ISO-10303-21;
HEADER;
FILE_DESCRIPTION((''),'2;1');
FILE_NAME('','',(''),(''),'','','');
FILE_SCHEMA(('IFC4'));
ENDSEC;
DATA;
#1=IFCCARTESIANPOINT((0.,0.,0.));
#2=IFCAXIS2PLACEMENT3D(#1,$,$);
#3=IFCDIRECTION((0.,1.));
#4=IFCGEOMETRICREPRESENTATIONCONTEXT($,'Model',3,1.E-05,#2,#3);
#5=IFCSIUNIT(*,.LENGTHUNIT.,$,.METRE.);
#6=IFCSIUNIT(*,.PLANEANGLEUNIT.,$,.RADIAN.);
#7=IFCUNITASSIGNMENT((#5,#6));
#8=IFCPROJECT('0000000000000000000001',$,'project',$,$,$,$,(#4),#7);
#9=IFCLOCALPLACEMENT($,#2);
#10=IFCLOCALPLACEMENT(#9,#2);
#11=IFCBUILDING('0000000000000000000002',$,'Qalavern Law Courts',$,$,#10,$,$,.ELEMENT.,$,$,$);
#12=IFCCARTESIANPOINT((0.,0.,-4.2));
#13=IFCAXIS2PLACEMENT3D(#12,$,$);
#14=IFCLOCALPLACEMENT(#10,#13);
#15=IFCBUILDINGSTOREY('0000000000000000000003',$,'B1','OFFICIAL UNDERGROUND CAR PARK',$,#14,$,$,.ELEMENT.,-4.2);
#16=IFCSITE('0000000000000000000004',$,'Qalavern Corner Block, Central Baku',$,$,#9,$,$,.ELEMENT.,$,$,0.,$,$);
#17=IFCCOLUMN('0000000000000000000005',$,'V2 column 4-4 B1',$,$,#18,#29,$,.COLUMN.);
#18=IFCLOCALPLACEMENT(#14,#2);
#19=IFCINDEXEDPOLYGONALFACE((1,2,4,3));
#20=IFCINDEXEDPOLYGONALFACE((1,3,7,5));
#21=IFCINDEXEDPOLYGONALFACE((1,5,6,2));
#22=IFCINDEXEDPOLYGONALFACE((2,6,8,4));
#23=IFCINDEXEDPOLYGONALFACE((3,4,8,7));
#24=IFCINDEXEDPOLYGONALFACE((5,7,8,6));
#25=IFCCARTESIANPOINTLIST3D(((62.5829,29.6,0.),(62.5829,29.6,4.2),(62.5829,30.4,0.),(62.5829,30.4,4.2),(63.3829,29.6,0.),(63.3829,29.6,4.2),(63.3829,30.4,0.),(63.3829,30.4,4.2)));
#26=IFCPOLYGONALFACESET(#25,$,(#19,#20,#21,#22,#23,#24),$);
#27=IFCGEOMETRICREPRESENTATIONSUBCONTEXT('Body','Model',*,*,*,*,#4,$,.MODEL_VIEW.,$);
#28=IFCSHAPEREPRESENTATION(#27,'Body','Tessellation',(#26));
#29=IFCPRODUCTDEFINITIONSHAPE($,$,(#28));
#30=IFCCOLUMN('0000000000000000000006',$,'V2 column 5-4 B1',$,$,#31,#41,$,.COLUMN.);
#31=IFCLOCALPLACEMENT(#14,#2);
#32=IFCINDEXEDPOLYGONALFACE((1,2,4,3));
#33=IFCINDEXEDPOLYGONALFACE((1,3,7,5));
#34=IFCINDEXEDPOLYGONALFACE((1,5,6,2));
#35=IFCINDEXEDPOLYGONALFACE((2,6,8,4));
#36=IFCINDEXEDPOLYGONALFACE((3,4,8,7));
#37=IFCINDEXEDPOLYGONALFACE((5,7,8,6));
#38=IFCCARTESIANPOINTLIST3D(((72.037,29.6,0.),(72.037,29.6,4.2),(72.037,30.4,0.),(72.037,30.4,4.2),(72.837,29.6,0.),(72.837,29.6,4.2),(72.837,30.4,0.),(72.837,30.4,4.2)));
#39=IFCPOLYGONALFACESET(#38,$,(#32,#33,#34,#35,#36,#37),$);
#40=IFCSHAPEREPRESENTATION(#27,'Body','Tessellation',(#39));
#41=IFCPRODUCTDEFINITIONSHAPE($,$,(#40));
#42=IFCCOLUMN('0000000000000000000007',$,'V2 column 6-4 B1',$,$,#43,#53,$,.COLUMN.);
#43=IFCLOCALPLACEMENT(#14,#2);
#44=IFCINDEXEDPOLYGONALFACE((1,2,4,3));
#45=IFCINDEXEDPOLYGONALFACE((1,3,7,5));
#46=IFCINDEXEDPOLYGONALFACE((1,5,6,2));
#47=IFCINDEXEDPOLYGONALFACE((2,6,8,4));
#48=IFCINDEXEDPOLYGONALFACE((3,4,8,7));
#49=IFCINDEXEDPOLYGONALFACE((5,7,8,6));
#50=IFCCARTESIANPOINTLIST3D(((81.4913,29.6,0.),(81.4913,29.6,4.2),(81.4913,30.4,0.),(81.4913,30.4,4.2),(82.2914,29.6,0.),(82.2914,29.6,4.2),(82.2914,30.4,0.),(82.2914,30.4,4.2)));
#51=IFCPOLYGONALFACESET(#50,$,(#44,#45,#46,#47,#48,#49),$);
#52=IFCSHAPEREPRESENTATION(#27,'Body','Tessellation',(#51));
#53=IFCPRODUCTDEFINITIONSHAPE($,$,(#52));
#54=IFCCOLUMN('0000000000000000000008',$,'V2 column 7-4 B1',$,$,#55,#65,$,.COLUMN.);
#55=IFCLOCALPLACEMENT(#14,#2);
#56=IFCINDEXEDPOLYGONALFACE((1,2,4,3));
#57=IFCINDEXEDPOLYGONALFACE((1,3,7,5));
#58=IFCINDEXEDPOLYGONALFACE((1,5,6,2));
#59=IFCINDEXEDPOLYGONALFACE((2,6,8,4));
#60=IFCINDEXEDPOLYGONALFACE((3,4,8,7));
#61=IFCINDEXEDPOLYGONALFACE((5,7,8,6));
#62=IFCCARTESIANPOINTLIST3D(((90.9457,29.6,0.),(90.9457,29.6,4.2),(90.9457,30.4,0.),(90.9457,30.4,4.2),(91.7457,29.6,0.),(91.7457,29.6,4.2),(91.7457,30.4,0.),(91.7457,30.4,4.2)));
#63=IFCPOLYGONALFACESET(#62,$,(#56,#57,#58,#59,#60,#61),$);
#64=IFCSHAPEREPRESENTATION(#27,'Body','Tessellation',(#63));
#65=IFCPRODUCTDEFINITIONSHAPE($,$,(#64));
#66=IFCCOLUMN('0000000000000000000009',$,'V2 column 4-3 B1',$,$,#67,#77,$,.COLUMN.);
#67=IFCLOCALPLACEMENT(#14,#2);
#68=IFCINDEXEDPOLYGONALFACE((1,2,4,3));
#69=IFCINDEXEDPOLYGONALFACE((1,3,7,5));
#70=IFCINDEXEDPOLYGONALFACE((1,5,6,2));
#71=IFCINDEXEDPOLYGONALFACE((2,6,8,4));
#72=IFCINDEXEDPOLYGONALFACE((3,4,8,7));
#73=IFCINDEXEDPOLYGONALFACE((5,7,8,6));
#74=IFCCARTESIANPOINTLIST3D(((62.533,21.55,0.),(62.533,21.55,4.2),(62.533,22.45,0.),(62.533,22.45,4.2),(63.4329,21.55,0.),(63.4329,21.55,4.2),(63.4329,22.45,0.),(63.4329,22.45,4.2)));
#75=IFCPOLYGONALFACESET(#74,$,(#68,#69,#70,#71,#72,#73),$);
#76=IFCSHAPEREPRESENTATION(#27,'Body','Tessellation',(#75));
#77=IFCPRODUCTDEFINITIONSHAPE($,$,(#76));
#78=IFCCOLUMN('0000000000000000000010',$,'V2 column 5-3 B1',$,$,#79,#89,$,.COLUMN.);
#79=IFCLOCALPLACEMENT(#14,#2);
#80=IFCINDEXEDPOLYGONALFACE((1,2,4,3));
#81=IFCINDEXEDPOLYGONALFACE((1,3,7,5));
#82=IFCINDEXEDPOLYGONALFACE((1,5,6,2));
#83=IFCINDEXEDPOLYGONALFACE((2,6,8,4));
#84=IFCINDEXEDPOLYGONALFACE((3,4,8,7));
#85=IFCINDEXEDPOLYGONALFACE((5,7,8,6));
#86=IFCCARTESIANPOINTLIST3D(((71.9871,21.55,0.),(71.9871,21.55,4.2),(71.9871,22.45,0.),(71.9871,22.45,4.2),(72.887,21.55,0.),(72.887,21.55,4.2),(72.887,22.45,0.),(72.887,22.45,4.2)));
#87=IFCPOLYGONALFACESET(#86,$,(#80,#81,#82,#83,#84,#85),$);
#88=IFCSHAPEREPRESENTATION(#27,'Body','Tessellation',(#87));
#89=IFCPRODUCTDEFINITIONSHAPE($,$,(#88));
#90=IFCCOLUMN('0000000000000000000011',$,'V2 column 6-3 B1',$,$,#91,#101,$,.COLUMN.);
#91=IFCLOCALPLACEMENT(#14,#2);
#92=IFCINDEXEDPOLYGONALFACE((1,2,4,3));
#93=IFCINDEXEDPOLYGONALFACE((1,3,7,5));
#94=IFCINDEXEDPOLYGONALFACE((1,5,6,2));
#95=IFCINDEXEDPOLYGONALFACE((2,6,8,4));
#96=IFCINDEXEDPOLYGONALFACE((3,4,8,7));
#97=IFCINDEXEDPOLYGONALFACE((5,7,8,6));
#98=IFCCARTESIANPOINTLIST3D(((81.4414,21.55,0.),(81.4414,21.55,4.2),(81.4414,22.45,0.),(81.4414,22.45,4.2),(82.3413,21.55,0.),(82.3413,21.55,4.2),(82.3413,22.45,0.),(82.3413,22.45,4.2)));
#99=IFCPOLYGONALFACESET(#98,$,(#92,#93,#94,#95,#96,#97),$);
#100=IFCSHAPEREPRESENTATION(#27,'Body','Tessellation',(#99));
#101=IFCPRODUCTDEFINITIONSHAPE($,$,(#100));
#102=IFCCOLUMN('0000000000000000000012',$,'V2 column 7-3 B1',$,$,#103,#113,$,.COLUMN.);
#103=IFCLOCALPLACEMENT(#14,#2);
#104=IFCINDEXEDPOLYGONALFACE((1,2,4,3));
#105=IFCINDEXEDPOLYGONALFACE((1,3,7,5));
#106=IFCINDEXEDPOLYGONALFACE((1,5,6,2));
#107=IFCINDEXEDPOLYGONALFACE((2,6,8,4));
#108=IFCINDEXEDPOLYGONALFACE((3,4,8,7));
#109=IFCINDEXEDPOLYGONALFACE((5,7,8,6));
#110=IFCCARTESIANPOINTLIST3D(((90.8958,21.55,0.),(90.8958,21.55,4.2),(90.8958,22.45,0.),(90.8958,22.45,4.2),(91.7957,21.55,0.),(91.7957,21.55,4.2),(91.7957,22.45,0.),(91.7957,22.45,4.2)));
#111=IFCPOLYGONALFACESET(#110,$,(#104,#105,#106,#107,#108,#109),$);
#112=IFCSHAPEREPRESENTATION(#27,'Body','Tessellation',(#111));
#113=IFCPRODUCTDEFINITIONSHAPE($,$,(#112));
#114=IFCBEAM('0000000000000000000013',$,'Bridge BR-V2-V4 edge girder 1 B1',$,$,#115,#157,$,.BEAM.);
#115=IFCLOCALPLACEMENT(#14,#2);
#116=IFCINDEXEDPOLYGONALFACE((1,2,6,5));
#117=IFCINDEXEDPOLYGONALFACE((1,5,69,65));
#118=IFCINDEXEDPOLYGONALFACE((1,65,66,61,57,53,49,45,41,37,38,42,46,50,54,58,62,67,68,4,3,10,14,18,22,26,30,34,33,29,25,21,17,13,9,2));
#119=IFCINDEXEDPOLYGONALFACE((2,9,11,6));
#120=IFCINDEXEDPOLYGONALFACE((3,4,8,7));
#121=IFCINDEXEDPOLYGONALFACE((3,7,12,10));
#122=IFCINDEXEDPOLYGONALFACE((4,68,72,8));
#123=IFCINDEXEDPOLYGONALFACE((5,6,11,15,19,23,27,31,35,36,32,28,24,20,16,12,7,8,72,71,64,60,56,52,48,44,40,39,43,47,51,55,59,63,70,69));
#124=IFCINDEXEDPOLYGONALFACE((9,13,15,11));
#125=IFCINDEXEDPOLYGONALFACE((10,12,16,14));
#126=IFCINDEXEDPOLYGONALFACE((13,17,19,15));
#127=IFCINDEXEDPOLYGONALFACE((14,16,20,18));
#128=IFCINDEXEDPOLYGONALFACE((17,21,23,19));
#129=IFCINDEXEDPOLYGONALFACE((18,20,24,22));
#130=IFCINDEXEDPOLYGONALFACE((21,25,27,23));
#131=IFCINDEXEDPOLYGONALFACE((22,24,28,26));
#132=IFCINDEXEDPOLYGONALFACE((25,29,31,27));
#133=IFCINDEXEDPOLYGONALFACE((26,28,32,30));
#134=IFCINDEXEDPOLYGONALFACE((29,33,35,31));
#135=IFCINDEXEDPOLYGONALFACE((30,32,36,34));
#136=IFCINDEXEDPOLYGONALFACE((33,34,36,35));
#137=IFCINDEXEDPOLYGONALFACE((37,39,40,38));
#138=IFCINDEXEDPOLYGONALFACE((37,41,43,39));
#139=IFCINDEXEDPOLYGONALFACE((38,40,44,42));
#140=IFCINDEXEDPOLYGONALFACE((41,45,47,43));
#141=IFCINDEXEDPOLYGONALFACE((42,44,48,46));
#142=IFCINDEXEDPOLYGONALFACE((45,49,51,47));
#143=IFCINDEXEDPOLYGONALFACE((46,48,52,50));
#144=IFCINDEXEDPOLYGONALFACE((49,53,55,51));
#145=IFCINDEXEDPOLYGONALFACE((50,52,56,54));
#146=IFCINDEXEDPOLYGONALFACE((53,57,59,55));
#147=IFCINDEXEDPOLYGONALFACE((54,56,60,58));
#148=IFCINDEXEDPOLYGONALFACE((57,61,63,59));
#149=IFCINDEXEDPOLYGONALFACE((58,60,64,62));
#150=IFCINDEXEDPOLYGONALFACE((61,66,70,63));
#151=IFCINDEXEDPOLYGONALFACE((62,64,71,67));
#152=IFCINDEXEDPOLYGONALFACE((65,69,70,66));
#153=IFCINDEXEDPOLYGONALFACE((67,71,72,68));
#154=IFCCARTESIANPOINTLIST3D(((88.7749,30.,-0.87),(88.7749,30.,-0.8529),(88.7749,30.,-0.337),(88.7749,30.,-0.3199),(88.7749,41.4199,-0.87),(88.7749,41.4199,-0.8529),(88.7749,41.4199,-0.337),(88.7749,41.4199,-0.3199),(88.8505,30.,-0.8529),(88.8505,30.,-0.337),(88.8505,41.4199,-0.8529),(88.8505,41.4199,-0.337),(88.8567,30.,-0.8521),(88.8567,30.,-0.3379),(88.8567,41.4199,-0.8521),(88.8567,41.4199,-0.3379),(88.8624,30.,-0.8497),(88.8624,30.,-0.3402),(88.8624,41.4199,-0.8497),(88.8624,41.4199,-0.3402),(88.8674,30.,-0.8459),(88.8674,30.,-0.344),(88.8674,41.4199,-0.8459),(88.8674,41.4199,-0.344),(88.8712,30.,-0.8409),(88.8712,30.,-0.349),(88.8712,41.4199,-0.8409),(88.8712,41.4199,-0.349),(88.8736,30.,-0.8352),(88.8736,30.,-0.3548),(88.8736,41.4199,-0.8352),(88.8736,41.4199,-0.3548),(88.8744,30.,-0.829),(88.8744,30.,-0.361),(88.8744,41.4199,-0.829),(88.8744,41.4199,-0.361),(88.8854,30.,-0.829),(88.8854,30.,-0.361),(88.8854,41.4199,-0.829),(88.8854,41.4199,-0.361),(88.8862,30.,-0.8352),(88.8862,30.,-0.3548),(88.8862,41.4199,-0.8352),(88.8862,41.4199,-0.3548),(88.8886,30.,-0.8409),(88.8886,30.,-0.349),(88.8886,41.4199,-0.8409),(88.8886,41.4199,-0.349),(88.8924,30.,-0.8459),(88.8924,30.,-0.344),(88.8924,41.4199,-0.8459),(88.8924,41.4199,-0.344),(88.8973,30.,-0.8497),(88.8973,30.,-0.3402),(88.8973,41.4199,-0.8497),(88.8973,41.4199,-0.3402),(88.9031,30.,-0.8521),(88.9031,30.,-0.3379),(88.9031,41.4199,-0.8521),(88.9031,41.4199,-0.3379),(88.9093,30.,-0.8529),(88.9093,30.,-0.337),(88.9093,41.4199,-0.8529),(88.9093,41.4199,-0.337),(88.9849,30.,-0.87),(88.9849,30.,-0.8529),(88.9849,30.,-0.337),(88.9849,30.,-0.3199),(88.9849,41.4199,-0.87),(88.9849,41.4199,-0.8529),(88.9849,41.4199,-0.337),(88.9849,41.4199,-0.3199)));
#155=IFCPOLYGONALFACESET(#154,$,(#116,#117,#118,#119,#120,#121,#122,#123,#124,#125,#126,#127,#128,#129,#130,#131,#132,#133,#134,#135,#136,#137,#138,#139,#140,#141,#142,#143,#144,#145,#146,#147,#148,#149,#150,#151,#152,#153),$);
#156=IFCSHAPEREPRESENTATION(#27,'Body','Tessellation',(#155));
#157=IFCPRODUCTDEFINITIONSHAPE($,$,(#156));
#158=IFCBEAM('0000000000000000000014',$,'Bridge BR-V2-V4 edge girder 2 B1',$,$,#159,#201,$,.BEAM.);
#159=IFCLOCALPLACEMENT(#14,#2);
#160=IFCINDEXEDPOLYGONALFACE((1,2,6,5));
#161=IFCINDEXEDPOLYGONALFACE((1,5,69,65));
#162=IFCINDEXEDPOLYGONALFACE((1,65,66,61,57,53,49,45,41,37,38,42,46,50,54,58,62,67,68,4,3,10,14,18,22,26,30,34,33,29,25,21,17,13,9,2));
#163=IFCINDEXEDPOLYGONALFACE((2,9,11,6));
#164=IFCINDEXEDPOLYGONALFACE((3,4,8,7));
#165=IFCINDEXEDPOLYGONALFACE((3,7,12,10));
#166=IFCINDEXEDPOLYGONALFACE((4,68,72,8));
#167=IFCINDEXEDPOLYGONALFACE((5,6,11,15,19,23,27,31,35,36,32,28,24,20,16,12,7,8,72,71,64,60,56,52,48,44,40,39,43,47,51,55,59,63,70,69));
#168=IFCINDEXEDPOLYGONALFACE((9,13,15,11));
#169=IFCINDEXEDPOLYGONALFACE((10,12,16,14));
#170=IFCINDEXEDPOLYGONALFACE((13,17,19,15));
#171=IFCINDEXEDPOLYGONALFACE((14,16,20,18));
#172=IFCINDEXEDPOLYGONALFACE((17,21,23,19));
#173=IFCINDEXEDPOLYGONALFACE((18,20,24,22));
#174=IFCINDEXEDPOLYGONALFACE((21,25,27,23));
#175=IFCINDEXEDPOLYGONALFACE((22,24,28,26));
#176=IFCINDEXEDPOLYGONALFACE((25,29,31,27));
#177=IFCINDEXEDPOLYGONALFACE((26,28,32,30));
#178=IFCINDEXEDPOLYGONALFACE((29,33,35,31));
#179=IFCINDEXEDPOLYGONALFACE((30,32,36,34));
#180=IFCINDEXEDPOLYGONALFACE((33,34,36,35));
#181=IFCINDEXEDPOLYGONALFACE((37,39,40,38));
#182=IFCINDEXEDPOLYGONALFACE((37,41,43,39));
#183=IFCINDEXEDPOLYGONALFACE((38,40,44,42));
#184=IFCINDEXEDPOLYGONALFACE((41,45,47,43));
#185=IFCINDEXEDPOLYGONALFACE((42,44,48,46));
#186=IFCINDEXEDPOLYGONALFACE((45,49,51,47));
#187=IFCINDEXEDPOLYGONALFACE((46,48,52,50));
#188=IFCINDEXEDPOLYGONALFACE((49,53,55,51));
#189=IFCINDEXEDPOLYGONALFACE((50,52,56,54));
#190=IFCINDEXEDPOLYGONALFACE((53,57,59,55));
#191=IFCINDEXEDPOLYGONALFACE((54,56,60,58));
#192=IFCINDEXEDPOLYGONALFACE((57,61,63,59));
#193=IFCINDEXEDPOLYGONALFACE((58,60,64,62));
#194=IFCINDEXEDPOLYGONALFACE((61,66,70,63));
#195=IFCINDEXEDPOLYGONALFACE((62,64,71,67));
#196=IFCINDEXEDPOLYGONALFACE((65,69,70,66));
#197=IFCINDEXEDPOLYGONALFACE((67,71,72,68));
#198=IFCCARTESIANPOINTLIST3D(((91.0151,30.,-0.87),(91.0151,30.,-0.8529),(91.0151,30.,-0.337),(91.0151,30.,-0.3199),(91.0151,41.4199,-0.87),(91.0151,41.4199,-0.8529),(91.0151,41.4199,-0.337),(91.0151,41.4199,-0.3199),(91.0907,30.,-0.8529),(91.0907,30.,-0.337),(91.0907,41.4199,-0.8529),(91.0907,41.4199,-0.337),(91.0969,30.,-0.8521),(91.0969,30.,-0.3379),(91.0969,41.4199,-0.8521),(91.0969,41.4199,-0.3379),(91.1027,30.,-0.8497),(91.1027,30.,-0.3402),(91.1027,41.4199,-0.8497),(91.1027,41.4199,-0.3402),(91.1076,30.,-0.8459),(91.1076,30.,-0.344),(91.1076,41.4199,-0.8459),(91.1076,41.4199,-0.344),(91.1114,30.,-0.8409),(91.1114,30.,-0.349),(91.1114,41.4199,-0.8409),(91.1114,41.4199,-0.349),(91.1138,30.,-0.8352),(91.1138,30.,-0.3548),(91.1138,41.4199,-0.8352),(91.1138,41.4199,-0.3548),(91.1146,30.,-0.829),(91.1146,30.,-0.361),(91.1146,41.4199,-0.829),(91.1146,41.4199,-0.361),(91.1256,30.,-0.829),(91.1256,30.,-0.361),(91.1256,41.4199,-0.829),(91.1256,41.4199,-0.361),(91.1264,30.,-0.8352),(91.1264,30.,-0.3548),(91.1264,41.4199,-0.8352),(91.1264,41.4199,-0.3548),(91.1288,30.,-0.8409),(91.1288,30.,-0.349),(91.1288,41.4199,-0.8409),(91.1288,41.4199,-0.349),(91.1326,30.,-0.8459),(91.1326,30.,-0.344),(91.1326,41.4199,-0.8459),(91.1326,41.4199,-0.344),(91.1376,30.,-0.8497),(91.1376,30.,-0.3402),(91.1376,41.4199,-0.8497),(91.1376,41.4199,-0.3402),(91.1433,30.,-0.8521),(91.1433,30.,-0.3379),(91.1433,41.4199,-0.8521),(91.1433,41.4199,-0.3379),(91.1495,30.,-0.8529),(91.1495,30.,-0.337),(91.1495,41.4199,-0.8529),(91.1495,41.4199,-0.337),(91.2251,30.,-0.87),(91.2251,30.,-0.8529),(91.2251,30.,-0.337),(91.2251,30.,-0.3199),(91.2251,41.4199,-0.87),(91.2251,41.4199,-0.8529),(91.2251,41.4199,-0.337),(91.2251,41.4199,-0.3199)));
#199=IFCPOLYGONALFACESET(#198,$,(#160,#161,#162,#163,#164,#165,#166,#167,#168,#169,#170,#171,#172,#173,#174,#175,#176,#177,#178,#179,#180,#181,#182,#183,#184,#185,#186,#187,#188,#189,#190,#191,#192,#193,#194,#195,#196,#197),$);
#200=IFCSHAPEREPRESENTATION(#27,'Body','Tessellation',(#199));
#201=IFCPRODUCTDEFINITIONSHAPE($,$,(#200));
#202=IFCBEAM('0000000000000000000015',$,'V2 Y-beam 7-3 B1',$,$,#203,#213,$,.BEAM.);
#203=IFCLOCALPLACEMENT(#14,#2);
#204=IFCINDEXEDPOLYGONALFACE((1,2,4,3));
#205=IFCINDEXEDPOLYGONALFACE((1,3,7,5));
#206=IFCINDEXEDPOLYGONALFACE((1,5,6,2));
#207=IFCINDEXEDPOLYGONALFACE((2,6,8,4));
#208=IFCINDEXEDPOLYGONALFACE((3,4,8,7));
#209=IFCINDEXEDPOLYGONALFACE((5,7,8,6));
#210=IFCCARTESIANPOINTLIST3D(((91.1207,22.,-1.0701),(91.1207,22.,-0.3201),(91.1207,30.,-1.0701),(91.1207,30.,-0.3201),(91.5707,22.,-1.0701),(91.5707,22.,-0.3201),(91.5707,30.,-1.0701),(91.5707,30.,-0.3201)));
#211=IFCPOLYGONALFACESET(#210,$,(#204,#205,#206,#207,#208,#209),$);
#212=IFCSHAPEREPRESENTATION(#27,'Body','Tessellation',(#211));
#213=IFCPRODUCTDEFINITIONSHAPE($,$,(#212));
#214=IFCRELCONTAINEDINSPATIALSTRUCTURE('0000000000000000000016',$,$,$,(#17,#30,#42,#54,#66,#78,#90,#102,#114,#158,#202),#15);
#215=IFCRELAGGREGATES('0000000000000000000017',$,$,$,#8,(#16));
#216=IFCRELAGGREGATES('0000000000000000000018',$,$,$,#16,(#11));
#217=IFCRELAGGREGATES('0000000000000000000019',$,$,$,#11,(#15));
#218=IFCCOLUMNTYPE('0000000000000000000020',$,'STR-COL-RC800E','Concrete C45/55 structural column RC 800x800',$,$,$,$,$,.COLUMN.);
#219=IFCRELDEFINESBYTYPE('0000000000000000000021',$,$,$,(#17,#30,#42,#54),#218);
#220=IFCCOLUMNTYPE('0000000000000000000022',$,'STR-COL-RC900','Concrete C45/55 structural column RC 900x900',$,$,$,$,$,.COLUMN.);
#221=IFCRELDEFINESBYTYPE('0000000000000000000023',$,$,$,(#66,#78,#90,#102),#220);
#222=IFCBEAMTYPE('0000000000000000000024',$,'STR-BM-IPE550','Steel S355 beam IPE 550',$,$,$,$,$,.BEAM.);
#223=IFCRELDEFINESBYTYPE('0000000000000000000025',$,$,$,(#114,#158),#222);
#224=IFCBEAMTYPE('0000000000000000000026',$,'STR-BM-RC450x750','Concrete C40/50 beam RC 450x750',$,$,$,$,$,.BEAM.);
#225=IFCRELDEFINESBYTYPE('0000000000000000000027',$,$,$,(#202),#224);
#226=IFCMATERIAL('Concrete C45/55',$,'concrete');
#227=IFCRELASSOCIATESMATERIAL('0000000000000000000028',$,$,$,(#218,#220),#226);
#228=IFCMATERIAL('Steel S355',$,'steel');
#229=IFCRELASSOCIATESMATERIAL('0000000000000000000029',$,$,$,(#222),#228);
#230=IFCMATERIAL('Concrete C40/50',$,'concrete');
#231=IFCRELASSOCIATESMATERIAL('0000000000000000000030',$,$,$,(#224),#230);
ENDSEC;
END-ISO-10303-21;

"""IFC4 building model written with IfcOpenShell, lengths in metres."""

from ifc_helpers import new_model, si_unit, direction, frame, origin, origin_2d, place, context, subcontext, project, spatial, rectangle, i_section, extrude, material, material_profile, profile_set, type_object, element, save


model = new_model("IFC4")

# Units and contexts
model_context = context("Model", 3, precision=1e-05, world=origin(), true_north=direction((0.0, 1.0)))
body_context = subcontext(model_context, "Body", "Model", "MODEL_VIEW")
ifc_project = project(units=[si_unit("LENGTHUNIT", "METRE"), si_unit("PLANEANGLEUNIT", "RADIAN")], contexts=[model_context])

# Site, building, storey
site_placement = place(None, origin())
site = spatial("IfcSite", under=ifc_project, at=site_placement, Name="Qalavern Corner Block, Central Baku", CompositionType="ELEMENT", RefElevation=0.0)
building_placement = place(site_placement, origin())
building = spatial("IfcBuilding", under=site, at=building_placement, Name="Qalavern Law Courts", CompositionType="ELEMENT")
storey_placement = place(building_placement, frame((0.0, 0.0, -4.2)))
storey = spatial("IfcBuildingStorey", under=building, at=storey_placement, Name="B1", Description="OFFICIAL UNDERGROUND CAR PARK", CompositionType="ELEMENT", Elevation=-4.2)

# Columns
ifc_material_1 = material(Name="Concrete C45/55", Category="concrete")
ifc_material_profile_1 = material_profile(ifc_material_1, rectangle(XDim=0.8, YDim=0.8, at=origin_2d()), Name="RC 800x800")
ifc_profile_set_1 = profile_set([ifc_material_profile_1], Name="Concrete C45/55")
column_type_1 = type_object("IfcColumnType", Name="STR-COL-RC800E", Description="Concrete C45/55 structural column RC 800x800", PredefinedType="COLUMN", material=ifc_profile_set_1)
for number, where, z_axis, x_axis, name in (
    (1, (62.9829, 30.0, 0.0), (0.0, 0.0, 1.0), (1.0, 0.0, 0.0), "V2 column 4-4 B1"),
    (2, (72.437, 30.0, 0.0), (0.0, 0.0, 1.0), (1.0, 0.0, 0.0), "V2 column 5-4 B1"),
    (3, (81.8914, 30.0, 0.0), (0.0, 0.0, 1.0), (1.0, 0.0, 0.0), "V2 column 6-4 B1"),
    (4, (91.3457, 30.0, 0.0), (0.0, 0.0, 1.0), (1.0, 0.0, 0.0), "V2 column 7-4 B1"),
):
    element("IfcColumn", number, at=place(storey_placement, frame(where, z_axis=z_axis, x_axis=x_axis)), inside=storey, type_object=column_type_1, Name=name, PredefinedType="COLUMN", context=body_context, shape_type="SweptSolid", body=[
        extrude(rectangle(XDim=0.8, YDim=0.8, at=origin_2d()), origin(), (0.0, 0.0, 1.0), 4.2),
    ])
ifc_material_profile_2 = material_profile(ifc_material_1, rectangle(XDim=0.8999, YDim=0.8999, at=origin_2d()), Name="RC 900x900")
ifc_profile_set_2 = profile_set([ifc_material_profile_2], Name="Concrete C45/55")
column_type_2 = type_object("IfcColumnType", Name="STR-COL-RC900", Description="Concrete C45/55 structural column RC 900x900", PredefinedType="COLUMN", material=ifc_profile_set_2)
for number, where, z_axis, x_axis, name in (
    (5, (62.9829, 22.0, 0.0), (0.0, 0.0, 1.0), (1.0, 0.0, 0.0), "V2 column 4-3 B1"),
    (6, (72.437, 22.0, 0.0), (0.0, 0.0, 1.0), (1.0, 0.0, 0.0), "V2 column 5-3 B1"),
    (7, (81.8914, 22.0, 0.0), (0.0, 0.0, 1.0), (1.0, 0.0, 0.0), "V2 column 6-3 B1"),
    (8, (91.3457, 22.0, 0.0), (0.0, 0.0, 1.0), (1.0, 0.0, 0.0), "V2 column 7-3 B1"),
):
    element("IfcColumn", number, at=place(storey_placement, frame(where, z_axis=z_axis, x_axis=x_axis)), inside=storey, type_object=column_type_2, Name=name, PredefinedType="COLUMN", context=body_context, shape_type="SweptSolid", body=[
        extrude(rectangle(XDim=0.8999, YDim=0.8999, at=origin_2d()), origin(), (0.0, 0.0, 1.0), 4.2),
    ])

# Beams
ifc_material_2 = material(Name="Steel S355", Category="steel")
ifc_material_profile_3 = material_profile(ifc_material_2, i_section(OverallWidth=0.21, OverallDepth=0.55, WebThickness=0.011, FlangeThickness=0.0171, FilletRadius=0.0239, at=origin_2d()), Name="IPE 550")
ifc_profile_set_3 = profile_set([ifc_material_profile_3], Name="Steel S355")
beam_type_1 = type_object("IfcBeamType", Name="STR-BM-IPE550", Description="Steel S355 beam IPE 550", PredefinedType="BEAM", material=ifc_profile_set_3)
for number, where, z_axis, x_axis, name in (
    (9, (88.8799, 30.0, -0.595), (0.0, 1.0, 0.0), (-1.0, 0.0, 0.0), "Bridge BR-V2-V4 edge girder 1 B1"),
    (10, (91.1201, 30.0, -0.595), (0.0, 1.0, 0.0), (-1.0, 0.0, 0.0), "Bridge BR-V2-V4 edge girder 2 B1"),
):
    element("IfcBeam", number, at=place(storey_placement, frame(where, z_axis=z_axis, x_axis=x_axis)), inside=storey, type_object=beam_type_1, Name=name, PredefinedType="BEAM", context=body_context, shape_type="SweptSolid", body=[
        extrude(i_section(OverallWidth=0.21, OverallDepth=0.55, WebThickness=0.011, FlangeThickness=0.0171, FilletRadius=0.0239, at=origin_2d()), origin(), (0.0, 0.0, 1.0), 11.4199),
    ])
ifc_material_3 = material(Name="Concrete C40/50", Category="concrete")
ifc_material_profile_4 = material_profile(ifc_material_3, rectangle(XDim=0.45, YDim=0.75, at=origin_2d()), Name="RC 450x750")
ifc_profile_set_4 = profile_set([ifc_material_profile_4], Name="Concrete C40/50")
beam_type_2 = type_object("IfcBeamType", Name="STR-BM-RC450x750", Description="Concrete C40/50 beam RC 450x750", PredefinedType="BEAM", material=ifc_profile_set_4)
beam_1_placement = place(storey_placement, frame((91.3457, 22.0, -0.6951), z_axis=(0.0, 1.0, 0.0), x_axis=(-1.0, 0.0, 0.0)))
element("IfcBeam", 11, at=beam_1_placement, inside=storey, type_object=beam_type_2, Name="V2 Y-beam 7-3 B1", PredefinedType="BEAM", context=body_context, shape_type="SweptSolid", body=[
    extrude(rectangle(XDim=0.45, YDim=0.75, at=origin_2d()), origin(), (0.0, 0.0, 1.0), 8.0),
])

save(model, "model.ifc")
